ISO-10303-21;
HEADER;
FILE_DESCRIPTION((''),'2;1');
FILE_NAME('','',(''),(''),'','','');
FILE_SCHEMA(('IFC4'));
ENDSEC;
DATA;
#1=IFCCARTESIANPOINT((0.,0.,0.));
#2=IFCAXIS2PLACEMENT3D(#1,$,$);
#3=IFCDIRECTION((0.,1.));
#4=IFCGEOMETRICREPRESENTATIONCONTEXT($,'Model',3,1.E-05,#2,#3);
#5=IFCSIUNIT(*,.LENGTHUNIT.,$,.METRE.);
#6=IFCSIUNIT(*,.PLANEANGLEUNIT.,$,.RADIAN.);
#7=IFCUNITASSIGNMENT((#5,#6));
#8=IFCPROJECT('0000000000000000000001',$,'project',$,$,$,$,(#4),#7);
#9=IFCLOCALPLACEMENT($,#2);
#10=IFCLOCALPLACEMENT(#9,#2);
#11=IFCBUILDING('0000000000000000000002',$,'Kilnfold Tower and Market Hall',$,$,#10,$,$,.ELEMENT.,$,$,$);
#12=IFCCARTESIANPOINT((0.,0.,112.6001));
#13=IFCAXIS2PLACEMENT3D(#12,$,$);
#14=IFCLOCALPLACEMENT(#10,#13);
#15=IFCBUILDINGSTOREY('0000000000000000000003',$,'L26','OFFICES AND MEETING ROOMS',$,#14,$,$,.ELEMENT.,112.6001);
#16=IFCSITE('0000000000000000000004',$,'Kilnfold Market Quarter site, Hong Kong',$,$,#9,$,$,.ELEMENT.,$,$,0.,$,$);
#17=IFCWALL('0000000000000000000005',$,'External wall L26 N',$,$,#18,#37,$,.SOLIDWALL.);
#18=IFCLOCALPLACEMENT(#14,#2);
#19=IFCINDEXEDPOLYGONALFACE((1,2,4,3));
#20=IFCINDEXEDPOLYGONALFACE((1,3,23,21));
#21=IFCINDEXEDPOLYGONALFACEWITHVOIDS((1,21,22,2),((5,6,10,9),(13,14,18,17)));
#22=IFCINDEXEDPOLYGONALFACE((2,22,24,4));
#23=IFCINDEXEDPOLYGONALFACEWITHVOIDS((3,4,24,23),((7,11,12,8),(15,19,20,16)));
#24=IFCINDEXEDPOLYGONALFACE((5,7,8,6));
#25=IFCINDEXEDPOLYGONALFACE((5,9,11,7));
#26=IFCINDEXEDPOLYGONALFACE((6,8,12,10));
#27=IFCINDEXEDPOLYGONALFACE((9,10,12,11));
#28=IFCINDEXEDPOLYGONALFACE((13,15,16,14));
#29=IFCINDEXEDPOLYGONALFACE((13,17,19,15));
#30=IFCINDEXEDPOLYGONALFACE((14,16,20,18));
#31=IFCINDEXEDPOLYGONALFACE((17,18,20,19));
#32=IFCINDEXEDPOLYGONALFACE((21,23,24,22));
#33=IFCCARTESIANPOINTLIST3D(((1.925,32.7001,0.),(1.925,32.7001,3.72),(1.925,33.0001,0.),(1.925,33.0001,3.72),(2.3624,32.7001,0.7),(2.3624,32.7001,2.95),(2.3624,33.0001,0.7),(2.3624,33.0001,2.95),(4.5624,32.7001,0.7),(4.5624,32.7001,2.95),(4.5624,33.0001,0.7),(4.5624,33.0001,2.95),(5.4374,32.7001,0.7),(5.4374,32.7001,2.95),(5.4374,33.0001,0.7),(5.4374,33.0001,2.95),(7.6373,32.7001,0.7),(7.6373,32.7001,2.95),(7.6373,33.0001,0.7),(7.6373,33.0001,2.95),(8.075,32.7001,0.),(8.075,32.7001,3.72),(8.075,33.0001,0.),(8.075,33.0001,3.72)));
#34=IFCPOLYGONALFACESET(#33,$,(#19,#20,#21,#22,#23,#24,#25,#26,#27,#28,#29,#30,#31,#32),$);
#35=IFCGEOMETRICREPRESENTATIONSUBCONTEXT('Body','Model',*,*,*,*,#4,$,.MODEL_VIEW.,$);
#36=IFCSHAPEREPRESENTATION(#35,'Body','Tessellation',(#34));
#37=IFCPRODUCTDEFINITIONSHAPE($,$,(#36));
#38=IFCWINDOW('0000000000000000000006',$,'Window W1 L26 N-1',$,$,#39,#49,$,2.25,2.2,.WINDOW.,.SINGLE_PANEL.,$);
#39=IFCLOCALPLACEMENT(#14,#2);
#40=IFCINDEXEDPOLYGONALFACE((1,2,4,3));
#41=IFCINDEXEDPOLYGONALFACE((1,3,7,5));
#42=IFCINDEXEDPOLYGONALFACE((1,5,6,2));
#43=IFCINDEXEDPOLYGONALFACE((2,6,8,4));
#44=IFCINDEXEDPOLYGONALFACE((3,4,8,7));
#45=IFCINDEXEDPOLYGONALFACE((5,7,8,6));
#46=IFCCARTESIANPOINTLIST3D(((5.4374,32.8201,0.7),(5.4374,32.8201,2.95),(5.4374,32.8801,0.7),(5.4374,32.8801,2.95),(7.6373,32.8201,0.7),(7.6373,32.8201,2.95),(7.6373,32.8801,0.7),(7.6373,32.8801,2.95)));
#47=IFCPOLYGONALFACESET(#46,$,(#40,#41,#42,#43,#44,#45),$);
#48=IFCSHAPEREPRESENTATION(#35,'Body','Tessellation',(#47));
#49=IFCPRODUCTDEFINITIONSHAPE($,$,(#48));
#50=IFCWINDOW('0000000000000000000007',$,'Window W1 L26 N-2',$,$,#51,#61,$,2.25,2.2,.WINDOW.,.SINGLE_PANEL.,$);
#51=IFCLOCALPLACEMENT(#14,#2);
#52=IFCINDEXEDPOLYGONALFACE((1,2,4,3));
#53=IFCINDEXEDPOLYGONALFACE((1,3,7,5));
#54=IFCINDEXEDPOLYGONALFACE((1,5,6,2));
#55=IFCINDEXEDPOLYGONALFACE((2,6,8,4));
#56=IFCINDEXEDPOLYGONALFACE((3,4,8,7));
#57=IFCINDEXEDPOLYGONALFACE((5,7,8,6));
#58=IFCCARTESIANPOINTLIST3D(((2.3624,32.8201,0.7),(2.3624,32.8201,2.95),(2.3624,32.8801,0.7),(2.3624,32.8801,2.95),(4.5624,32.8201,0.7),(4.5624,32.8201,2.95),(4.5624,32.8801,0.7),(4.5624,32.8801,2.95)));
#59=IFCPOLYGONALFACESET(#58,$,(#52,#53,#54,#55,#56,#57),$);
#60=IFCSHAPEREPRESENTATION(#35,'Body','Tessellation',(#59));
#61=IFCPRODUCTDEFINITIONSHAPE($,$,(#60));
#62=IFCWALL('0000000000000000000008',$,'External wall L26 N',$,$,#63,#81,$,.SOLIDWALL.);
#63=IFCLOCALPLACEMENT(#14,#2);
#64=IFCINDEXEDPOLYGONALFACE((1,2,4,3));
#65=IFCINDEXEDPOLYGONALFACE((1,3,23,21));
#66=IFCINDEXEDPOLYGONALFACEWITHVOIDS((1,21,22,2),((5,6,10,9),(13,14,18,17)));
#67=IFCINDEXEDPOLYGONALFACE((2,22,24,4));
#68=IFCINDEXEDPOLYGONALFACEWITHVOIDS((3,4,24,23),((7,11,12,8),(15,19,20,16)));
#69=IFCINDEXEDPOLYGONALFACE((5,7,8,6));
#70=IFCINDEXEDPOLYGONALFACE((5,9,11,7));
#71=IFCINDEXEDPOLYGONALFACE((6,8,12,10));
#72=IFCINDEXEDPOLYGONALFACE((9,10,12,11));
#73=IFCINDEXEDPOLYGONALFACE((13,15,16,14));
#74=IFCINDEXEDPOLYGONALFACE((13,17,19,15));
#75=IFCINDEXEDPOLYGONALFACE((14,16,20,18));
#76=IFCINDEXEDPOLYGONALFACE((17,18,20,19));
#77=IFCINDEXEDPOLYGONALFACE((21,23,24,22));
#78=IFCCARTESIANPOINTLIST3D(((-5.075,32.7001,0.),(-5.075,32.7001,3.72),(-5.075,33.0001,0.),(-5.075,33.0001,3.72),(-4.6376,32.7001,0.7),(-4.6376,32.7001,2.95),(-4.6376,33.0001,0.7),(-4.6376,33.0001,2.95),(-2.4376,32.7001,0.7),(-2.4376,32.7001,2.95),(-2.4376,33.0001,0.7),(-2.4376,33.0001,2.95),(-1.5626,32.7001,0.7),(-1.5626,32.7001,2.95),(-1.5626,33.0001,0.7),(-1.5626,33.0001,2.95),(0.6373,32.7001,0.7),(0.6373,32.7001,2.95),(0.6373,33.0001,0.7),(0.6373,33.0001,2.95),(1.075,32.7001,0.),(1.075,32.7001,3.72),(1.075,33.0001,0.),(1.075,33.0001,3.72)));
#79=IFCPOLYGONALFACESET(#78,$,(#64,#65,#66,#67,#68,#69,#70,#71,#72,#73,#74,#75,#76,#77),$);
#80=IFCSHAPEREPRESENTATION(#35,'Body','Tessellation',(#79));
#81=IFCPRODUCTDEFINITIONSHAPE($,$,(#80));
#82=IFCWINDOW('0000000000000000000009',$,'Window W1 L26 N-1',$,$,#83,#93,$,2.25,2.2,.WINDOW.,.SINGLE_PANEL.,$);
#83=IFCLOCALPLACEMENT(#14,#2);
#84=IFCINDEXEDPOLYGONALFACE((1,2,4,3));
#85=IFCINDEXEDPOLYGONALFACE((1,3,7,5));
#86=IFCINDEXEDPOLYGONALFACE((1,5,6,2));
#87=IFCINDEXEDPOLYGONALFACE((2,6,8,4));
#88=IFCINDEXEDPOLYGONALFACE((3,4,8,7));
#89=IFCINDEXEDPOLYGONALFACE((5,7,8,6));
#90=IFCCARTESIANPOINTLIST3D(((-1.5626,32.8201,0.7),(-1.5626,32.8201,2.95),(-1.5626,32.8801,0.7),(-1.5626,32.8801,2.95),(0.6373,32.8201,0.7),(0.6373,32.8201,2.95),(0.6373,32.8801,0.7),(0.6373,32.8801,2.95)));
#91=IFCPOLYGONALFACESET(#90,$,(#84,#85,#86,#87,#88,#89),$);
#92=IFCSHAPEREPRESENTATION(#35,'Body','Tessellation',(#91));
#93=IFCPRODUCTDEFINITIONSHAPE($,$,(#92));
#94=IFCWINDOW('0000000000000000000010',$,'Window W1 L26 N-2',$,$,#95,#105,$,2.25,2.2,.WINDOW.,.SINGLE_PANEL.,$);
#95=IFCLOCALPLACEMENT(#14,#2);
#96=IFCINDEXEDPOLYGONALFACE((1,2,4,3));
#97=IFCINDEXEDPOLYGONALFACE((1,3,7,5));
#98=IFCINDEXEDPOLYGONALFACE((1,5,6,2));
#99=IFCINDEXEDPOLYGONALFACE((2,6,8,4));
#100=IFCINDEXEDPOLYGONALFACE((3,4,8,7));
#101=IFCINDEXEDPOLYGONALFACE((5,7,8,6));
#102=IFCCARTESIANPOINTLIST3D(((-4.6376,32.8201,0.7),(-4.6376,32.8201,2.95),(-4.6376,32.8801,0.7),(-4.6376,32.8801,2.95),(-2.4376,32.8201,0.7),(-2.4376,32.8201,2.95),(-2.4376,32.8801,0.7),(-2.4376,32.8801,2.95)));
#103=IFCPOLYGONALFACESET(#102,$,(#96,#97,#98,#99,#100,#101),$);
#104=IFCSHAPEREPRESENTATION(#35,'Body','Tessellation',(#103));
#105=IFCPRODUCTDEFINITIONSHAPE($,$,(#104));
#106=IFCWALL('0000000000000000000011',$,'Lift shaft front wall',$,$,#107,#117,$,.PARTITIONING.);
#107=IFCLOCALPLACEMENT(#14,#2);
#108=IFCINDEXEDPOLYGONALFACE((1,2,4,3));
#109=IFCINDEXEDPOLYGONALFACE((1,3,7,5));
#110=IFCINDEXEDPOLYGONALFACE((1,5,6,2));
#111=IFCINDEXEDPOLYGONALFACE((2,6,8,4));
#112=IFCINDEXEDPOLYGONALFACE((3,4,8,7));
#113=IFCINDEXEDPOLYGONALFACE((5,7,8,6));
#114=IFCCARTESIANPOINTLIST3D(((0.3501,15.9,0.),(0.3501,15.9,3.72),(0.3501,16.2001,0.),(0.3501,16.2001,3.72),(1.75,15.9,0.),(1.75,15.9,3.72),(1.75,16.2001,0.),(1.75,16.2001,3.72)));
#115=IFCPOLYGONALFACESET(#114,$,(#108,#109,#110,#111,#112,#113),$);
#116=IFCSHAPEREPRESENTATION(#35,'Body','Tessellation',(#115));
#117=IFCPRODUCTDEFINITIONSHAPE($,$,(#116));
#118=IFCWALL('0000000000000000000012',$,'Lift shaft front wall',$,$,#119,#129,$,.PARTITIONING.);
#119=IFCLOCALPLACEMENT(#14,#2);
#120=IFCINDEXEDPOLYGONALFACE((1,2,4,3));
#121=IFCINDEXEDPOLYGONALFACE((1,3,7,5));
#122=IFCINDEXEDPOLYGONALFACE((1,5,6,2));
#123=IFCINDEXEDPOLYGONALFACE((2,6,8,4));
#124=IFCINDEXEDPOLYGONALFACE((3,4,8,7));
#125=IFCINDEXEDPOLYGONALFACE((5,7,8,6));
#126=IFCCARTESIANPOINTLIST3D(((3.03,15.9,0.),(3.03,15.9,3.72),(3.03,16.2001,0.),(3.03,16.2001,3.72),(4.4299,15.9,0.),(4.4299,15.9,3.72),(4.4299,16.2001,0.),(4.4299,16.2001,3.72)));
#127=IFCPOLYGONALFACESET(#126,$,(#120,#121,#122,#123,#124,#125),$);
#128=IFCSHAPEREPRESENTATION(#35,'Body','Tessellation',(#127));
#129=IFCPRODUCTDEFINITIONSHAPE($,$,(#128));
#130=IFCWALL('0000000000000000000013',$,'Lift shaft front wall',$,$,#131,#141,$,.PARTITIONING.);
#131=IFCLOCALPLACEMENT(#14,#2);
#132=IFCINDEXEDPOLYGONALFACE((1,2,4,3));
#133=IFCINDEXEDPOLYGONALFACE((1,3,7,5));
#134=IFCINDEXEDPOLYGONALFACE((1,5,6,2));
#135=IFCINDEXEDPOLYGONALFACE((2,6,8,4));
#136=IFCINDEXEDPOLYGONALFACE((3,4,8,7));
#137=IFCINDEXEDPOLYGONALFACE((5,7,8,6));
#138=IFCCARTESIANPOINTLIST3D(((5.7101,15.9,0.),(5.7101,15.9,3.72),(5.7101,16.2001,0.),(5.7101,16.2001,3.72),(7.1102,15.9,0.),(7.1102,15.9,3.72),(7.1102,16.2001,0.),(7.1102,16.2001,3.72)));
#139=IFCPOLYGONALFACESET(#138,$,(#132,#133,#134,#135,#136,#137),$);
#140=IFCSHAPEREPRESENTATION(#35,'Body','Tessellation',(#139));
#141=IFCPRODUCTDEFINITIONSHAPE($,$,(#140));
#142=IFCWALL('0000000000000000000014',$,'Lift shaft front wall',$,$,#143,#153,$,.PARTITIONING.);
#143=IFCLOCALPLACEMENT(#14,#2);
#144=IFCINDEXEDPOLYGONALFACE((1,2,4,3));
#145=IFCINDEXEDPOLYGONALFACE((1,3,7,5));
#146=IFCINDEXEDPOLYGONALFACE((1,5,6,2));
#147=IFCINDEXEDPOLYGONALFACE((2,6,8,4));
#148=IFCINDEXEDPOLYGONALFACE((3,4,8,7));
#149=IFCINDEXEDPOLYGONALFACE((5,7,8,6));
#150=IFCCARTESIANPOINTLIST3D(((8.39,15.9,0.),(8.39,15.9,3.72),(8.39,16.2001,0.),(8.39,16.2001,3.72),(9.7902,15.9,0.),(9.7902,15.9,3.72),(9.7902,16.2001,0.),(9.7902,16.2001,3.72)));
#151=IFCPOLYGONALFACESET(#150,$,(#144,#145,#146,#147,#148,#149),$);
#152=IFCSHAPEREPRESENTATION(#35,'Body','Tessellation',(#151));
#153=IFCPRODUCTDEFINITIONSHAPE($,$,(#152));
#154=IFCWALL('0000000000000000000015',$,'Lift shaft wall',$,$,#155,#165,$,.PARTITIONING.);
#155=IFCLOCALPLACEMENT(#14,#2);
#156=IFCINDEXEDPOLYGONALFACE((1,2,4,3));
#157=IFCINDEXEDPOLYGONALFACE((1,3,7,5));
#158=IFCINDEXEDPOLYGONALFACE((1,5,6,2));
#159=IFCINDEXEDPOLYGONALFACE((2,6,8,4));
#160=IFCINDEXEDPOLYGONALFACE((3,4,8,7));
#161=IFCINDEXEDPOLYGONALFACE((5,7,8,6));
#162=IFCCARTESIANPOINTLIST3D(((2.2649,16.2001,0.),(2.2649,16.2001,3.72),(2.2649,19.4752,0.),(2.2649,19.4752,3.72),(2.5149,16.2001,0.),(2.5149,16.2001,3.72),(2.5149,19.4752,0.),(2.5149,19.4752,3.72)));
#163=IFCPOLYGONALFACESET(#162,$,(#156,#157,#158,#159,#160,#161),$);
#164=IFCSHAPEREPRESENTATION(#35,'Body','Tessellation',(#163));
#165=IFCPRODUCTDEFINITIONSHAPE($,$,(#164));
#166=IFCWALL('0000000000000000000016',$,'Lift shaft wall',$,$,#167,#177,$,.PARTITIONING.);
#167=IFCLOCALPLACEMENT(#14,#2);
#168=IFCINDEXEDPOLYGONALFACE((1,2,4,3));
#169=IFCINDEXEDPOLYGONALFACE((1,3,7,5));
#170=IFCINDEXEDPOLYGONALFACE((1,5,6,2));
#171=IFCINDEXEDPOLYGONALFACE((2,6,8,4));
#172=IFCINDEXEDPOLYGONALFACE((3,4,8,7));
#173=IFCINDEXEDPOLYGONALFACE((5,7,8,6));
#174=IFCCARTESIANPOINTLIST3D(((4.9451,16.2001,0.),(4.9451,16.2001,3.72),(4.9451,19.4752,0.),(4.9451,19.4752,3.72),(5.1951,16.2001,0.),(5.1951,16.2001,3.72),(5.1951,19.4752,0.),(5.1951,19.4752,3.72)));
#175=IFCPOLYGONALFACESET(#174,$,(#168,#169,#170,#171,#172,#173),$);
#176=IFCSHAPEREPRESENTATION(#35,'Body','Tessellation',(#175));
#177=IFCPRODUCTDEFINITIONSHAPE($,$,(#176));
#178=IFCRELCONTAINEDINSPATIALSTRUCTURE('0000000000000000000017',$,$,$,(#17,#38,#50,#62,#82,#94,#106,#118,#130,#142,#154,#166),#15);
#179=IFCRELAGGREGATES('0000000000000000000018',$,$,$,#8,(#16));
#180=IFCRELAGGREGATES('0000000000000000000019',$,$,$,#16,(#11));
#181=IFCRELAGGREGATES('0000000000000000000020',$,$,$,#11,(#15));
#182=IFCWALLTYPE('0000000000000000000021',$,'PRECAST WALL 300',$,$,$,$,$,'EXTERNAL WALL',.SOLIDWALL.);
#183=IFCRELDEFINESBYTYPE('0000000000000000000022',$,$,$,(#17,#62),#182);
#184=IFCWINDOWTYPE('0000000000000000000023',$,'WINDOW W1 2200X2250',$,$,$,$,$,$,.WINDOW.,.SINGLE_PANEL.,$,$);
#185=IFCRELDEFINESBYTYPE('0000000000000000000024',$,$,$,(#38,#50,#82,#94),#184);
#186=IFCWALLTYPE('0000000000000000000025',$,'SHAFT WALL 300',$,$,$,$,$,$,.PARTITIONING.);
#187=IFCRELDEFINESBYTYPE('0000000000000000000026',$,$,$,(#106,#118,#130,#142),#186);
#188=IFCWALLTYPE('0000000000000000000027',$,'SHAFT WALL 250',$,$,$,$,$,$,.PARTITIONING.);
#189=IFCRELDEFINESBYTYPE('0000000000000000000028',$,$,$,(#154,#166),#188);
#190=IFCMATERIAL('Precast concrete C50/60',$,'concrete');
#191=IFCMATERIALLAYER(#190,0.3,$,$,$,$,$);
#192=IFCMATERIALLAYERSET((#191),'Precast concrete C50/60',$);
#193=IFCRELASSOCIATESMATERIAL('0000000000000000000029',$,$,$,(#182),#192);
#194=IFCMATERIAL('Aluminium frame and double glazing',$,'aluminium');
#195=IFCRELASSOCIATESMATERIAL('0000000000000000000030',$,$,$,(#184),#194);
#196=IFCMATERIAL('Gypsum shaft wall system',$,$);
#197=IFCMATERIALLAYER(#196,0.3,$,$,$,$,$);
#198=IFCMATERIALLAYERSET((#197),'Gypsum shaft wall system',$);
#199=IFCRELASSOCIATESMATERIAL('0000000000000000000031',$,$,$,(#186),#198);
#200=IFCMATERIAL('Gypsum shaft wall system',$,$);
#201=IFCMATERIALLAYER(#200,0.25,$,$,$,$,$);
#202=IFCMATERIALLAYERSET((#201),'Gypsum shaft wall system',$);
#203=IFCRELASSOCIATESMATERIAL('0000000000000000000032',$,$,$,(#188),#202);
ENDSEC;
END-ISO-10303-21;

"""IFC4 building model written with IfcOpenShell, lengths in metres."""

from ifc_helpers import new_model, si_unit, direction, frame, frame_2d, origin, place, context, subcontext, project, spatial, rectangle, extrude, source, transform, mapped, material, layer, layer_set, type_object, element, fill, save


model = new_model("IFC4")

# Units and contexts
model_context = context("Model", 3, precision=1e-05, world=origin(), true_north=direction((0.0, 1.0)))
body_context = subcontext(model_context, "Body", "Model", "MODEL_VIEW")
ifc_project = project(units=[si_unit("LENGTHUNIT", "METRE"), si_unit("PLANEANGLEUNIT", "RADIAN")], contexts=[model_context])

# Site, building, storey
site_placement = place(None, origin())
site = spatial("IfcSite", under=ifc_project, at=site_placement, Name="Kilnfold Market Quarter site, Hong Kong", CompositionType="ELEMENT", RefElevation=0.0)
building_placement = place(site_placement, origin())
building = spatial("IfcBuilding", under=site, at=building_placement, Name="Kilnfold Tower and Market Hall", CompositionType="ELEMENT")
storey_placement = place(building_placement, frame((0.0, 0.0, 112.6001)))
storey = spatial("IfcBuildingStorey", under=building, at=storey_placement, Name="L26", Description="OFFICES AND MEETING ROOMS", CompositionType="ELEMENT", Elevation=112.6001)

# Walls, openings, windows
ifc_material_1 = material(Name="Precast concrete C50/60", Category="concrete")
ifc_layer_1 = layer(ifc_material_1, 0.3)
ifc_layer_set_1 = layer_set([ifc_layer_1], Name="Precast concrete C50/60")
wall_type_1 = type_object("IfcWallType", Name="PRECAST WALL 300", ElementType="EXTERNAL WALL", PredefinedType="SOLIDWALL", material=ifc_layer_set_1)
shared_shape_1 = source(origin(), body_context, "Body", "SweptSolid", [
    extrude(rectangle(XDim=6.1499, YDim=0.3, at=frame_2d((3.075, 0.0))), origin(), (0.0, 0.0, 1.0), 3.72),
])
wall_1_placement = place(storey_placement, frame((8.075, 32.8501, 0.0), z_axis=(0.0, 0.0, 1.0), x_axis=(-1.0, 0.0, 0.0)))
wall_1 = element("IfcWall", 1, at=wall_1_placement, inside=storey, type_object=wall_type_1, Name="External wall L26 N", PredefinedType="SOLIDWALL", context=body_context, shape_type="MappedRepresentation", body=[
    mapped(shared_shape_1, transform((0.0, 0.0, 0.0))),
])
opening_1_placement = place(wall_1_placement, frame((0.4375, 0.0, 0.7)))
opening_1 = element("IfcOpeningElement", 2, at=opening_1_placement, cuts=wall_1, PredefinedType="OPENING", context=body_context, shape_type="SweptSolid", body=[
    extrude(rectangle(XDim=2.2, YDim=2.25, at=frame_2d((1.1001, 1.125))), frame((0.0, 0.1602, 0.0), z_axis=(0.0, -1.0, 0.0), x_axis=(1.0, 0.0, 0.0)), (0.0, 0.0, 1.0), 0.3201),
])
opening_2_placement = place(wall_1_placement, frame((3.5125, 0.0, 0.7)))
opening_2 = element("IfcOpeningElement", 3, at=opening_2_placement, cuts=wall_1, PredefinedType="OPENING", context=body_context, shape_type="SweptSolid", body=[
    extrude(rectangle(XDim=2.2, YDim=2.25, at=frame_2d((1.1001, 1.125))), frame((0.0, 0.1602, 0.0), z_axis=(0.0, -1.0, 0.0), x_axis=(1.0, 0.0, 0.0)), (0.0, 0.0, 1.0), 0.3201),
])
ifc_material_2 = material(Name="Aluminium frame and double glazing", Category="aluminium")
window_type = type_object("IfcWindowType", Name="WINDOW W1 2200X2250", PartitioningType="SINGLE_PANEL", PredefinedType="WINDOW", material=ifc_material_2)
window_1_placement = place(opening_1_placement, origin())
window_1 = element("IfcWindow", 4, at=window_1_placement, inside=storey, type_object=window_type, Name="Window W1 L26 N-1", OverallHeight=2.25, OverallWidth=2.2, PartitioningType="SINGLE_PANEL", PredefinedType="WINDOW", context=body_context, shape_type="SweptSolid", body=[
    extrude(rectangle(XDim=2.2, YDim=2.25, at=frame_2d((1.1001, 1.125))), frame((0.0, 0.03, 0.0), z_axis=(0.0, -1.0, 0.0), x_axis=(1.0, 0.0, 0.0)), (0.0, 0.0, 1.0), 0.0601),
])
fill(opening_1, window_1)
window_2_placement = place(opening_2_placement, origin())
window_2 = element("IfcWindow", 5, at=window_2_placement, inside=storey, type_object=window_type, Name="Window W1 L26 N-2", OverallHeight=2.25, OverallWidth=2.2, PartitioningType="SINGLE_PANEL", PredefinedType="WINDOW", context=body_context, shape_type="SweptSolid", body=[
    extrude(rectangle(XDim=2.2, YDim=2.25, at=frame_2d((1.1001, 1.125))), frame((0.0, 0.03, 0.0), z_axis=(0.0, -1.0, 0.0), x_axis=(1.0, 0.0, 0.0)), (0.0, 0.0, 1.0), 0.0601),
])
fill(opening_2, window_2)
wall_2_placement = place(storey_placement, frame((1.075, 32.8501, 0.0), z_axis=(0.0, 0.0, 1.0), x_axis=(-1.0, 0.0, 0.0)))
wall_2 = element("IfcWall", 6, at=wall_2_placement, inside=storey, type_object=wall_type_1, Name="External wall L26 N", PredefinedType="SOLIDWALL", context=body_context, shape_type="MappedRepresentation", body=[
    mapped(shared_shape_1, transform((0.0, 0.0, 0.0))),
])
opening_3_placement = place(wall_2_placement, frame((0.4375, 0.0, 0.7)))
opening_3 = element("IfcOpeningElement", 7, at=opening_3_placement, cuts=wall_2, PredefinedType="OPENING", context=body_context, shape_type="SweptSolid", body=[
    extrude(rectangle(XDim=2.2, YDim=2.25, at=frame_2d((1.1001, 1.125))), frame((0.0, 0.1602, 0.0), z_axis=(0.0, -1.0, 0.0), x_axis=(1.0, 0.0, 0.0)), (0.0, 0.0, 1.0), 0.3201),
])
opening_4_placement = place(wall_2_placement, frame((3.5125, 0.0, 0.7)))
opening_4 = element("IfcOpeningElement", 8, at=opening_4_placement, cuts=wall_2, PredefinedType="OPENING", context=body_context, shape_type="SweptSolid", body=[
    extrude(rectangle(XDim=2.2, YDim=2.25, at=frame_2d((1.1001, 1.125))), frame((0.0, 0.1602, 0.0), z_axis=(0.0, -1.0, 0.0), x_axis=(1.0, 0.0, 0.0)), (0.0, 0.0, 1.0), 0.3201),
])
window_3_placement = place(opening_3_placement, origin())
window_3 = element("IfcWindow", 9, at=window_3_placement, inside=storey, type_object=window_type, Name="Window W1 L26 N-1", OverallHeight=2.25, OverallWidth=2.2, PartitioningType="SINGLE_PANEL", PredefinedType="WINDOW", context=body_context, shape_type="SweptSolid", body=[
    extrude(rectangle(XDim=2.2, YDim=2.25, at=frame_2d((1.1001, 1.125))), frame((0.0, 0.03, 0.0), z_axis=(0.0, -1.0, 0.0), x_axis=(1.0, 0.0, 0.0)), (0.0, 0.0, 1.0), 0.0601),
])
fill(opening_3, window_3)
window_4_placement = place(opening_4_placement, origin())
window_4 = element("IfcWindow", 10, at=window_4_placement, inside=storey, type_object=window_type, Name="Window W1 L26 N-2", OverallHeight=2.25, OverallWidth=2.2, PartitioningType="SINGLE_PANEL", PredefinedType="WINDOW", context=body_context, shape_type="SweptSolid", body=[
    extrude(rectangle(XDim=2.2, YDim=2.25, at=frame_2d((1.1001, 1.125))), frame((0.0, 0.03, 0.0), z_axis=(0.0, -1.0, 0.0), x_axis=(1.0, 0.0, 0.0)), (0.0, 0.0, 1.0), 0.0601),
])
fill(opening_4, window_4)

# Walls
ifc_material_3 = material(Name="Gypsum shaft wall system")
ifc_layer_2 = layer(ifc_material_3, 0.3)
ifc_layer_set_2 = layer_set([ifc_layer_2], Name="Gypsum shaft wall system")
wall_type_2 = type_object("IfcWallType", Name="SHAFT WALL 300", PredefinedType="PARTITIONING", material=ifc_layer_set_2)
shared_shape_2 = source(origin(), body_context, "Body", "SweptSolid", [
    extrude(rectangle(XDim=1.3999, YDim=0.3, at=frame_2d((0.7, 0.0))), origin(), (0.0, 0.0, 1.0), 3.72),
])
for number, where, z_axis, x_axis, name in (
    (11, (0.3501, 16.05, 0.0), (0.0, 0.0, 1.0), (1.0, 0.0, 0.0), "Lift shaft front wall"),
    (12, (3.03, 16.05, 0.0), (0.0, 0.0, 1.0), (1.0, 0.0, 0.0), "Lift shaft front wall"),
):
    element("IfcWall", number, at=place(storey_placement, frame(where, z_axis=z_axis, x_axis=x_axis)), inside=storey, type_object=wall_type_2, Name=name, PredefinedType="PARTITIONING", context=body_context, shape_type="MappedRepresentation", body=[
        mapped(shared_shape_2, transform((0.0, 0.0, 0.0))),
    ])
shared_shape_3 = source(origin(), body_context, "Body", "SweptSolid", [
    extrude(rectangle(XDim=1.4001, YDim=0.3, at=frame_2d((0.7002, 0.0))), origin(), (0.0, 0.0, 1.0), 3.72),
])
for number, where, z_axis, x_axis, name in (
    (13, (5.71, 16.05, 0.0), (0.0, 0.0, 1.0), (1.0, 0.0, 0.0), "Lift shaft front wall"),
    (14, (8.3899, 16.05, 0.0), (0.0, 0.0, 1.0), (1.0, 0.0, 0.0), "Lift shaft front wall"),
):
    element("IfcWall", number, at=place(storey_placement, frame(where, z_axis=z_axis, x_axis=x_axis)), inside=storey, type_object=wall_type_2, Name=name, PredefinedType="PARTITIONING", context=body_context, shape_type="MappedRepresentation", body=[
        mapped(shared_shape_3, transform((0.0, 0.0, 0.0))),
    ])
ifc_material_4 = material(Name="Gypsum shaft wall system")
ifc_layer_3 = layer(ifc_material_4, 0.25)
ifc_layer_set_3 = layer_set([ifc_layer_3], Name="Gypsum shaft wall system")
wall_type_3 = type_object("IfcWallType", Name="SHAFT WALL 250", PredefinedType="PARTITIONING", material=ifc_layer_set_3)
shared_shape_4 = source(origin(), body_context, "Body", "SweptSolid", [
    extrude(rectangle(XDim=3.2751, YDim=0.25, at=frame_2d((1.6377, 0.0))), origin(), (0.0, 0.0, 1.0), 3.72),
])
for number, where, z_axis, x_axis, name in (
    (15, (2.3899, 16.2, 0.0), (0.0, 0.0, 1.0), (0.0, 1.0, 0.0), "Lift shaft wall"),
    (16, (5.0701, 16.2, 0.0), (0.0, 0.0, 1.0), (0.0, 1.0, 0.0), "Lift shaft wall"),
):
    element("IfcWall", number, at=place(storey_placement, frame(where, z_axis=z_axis, x_axis=x_axis)), inside=storey, type_object=wall_type_3, Name=name, PredefinedType="PARTITIONING", context=body_context, shape_type="MappedRepresentation", body=[
        mapped(shared_shape_4, transform((0.0, 0.0, 0.0))),
    ])

save(model, "model.ifc")
